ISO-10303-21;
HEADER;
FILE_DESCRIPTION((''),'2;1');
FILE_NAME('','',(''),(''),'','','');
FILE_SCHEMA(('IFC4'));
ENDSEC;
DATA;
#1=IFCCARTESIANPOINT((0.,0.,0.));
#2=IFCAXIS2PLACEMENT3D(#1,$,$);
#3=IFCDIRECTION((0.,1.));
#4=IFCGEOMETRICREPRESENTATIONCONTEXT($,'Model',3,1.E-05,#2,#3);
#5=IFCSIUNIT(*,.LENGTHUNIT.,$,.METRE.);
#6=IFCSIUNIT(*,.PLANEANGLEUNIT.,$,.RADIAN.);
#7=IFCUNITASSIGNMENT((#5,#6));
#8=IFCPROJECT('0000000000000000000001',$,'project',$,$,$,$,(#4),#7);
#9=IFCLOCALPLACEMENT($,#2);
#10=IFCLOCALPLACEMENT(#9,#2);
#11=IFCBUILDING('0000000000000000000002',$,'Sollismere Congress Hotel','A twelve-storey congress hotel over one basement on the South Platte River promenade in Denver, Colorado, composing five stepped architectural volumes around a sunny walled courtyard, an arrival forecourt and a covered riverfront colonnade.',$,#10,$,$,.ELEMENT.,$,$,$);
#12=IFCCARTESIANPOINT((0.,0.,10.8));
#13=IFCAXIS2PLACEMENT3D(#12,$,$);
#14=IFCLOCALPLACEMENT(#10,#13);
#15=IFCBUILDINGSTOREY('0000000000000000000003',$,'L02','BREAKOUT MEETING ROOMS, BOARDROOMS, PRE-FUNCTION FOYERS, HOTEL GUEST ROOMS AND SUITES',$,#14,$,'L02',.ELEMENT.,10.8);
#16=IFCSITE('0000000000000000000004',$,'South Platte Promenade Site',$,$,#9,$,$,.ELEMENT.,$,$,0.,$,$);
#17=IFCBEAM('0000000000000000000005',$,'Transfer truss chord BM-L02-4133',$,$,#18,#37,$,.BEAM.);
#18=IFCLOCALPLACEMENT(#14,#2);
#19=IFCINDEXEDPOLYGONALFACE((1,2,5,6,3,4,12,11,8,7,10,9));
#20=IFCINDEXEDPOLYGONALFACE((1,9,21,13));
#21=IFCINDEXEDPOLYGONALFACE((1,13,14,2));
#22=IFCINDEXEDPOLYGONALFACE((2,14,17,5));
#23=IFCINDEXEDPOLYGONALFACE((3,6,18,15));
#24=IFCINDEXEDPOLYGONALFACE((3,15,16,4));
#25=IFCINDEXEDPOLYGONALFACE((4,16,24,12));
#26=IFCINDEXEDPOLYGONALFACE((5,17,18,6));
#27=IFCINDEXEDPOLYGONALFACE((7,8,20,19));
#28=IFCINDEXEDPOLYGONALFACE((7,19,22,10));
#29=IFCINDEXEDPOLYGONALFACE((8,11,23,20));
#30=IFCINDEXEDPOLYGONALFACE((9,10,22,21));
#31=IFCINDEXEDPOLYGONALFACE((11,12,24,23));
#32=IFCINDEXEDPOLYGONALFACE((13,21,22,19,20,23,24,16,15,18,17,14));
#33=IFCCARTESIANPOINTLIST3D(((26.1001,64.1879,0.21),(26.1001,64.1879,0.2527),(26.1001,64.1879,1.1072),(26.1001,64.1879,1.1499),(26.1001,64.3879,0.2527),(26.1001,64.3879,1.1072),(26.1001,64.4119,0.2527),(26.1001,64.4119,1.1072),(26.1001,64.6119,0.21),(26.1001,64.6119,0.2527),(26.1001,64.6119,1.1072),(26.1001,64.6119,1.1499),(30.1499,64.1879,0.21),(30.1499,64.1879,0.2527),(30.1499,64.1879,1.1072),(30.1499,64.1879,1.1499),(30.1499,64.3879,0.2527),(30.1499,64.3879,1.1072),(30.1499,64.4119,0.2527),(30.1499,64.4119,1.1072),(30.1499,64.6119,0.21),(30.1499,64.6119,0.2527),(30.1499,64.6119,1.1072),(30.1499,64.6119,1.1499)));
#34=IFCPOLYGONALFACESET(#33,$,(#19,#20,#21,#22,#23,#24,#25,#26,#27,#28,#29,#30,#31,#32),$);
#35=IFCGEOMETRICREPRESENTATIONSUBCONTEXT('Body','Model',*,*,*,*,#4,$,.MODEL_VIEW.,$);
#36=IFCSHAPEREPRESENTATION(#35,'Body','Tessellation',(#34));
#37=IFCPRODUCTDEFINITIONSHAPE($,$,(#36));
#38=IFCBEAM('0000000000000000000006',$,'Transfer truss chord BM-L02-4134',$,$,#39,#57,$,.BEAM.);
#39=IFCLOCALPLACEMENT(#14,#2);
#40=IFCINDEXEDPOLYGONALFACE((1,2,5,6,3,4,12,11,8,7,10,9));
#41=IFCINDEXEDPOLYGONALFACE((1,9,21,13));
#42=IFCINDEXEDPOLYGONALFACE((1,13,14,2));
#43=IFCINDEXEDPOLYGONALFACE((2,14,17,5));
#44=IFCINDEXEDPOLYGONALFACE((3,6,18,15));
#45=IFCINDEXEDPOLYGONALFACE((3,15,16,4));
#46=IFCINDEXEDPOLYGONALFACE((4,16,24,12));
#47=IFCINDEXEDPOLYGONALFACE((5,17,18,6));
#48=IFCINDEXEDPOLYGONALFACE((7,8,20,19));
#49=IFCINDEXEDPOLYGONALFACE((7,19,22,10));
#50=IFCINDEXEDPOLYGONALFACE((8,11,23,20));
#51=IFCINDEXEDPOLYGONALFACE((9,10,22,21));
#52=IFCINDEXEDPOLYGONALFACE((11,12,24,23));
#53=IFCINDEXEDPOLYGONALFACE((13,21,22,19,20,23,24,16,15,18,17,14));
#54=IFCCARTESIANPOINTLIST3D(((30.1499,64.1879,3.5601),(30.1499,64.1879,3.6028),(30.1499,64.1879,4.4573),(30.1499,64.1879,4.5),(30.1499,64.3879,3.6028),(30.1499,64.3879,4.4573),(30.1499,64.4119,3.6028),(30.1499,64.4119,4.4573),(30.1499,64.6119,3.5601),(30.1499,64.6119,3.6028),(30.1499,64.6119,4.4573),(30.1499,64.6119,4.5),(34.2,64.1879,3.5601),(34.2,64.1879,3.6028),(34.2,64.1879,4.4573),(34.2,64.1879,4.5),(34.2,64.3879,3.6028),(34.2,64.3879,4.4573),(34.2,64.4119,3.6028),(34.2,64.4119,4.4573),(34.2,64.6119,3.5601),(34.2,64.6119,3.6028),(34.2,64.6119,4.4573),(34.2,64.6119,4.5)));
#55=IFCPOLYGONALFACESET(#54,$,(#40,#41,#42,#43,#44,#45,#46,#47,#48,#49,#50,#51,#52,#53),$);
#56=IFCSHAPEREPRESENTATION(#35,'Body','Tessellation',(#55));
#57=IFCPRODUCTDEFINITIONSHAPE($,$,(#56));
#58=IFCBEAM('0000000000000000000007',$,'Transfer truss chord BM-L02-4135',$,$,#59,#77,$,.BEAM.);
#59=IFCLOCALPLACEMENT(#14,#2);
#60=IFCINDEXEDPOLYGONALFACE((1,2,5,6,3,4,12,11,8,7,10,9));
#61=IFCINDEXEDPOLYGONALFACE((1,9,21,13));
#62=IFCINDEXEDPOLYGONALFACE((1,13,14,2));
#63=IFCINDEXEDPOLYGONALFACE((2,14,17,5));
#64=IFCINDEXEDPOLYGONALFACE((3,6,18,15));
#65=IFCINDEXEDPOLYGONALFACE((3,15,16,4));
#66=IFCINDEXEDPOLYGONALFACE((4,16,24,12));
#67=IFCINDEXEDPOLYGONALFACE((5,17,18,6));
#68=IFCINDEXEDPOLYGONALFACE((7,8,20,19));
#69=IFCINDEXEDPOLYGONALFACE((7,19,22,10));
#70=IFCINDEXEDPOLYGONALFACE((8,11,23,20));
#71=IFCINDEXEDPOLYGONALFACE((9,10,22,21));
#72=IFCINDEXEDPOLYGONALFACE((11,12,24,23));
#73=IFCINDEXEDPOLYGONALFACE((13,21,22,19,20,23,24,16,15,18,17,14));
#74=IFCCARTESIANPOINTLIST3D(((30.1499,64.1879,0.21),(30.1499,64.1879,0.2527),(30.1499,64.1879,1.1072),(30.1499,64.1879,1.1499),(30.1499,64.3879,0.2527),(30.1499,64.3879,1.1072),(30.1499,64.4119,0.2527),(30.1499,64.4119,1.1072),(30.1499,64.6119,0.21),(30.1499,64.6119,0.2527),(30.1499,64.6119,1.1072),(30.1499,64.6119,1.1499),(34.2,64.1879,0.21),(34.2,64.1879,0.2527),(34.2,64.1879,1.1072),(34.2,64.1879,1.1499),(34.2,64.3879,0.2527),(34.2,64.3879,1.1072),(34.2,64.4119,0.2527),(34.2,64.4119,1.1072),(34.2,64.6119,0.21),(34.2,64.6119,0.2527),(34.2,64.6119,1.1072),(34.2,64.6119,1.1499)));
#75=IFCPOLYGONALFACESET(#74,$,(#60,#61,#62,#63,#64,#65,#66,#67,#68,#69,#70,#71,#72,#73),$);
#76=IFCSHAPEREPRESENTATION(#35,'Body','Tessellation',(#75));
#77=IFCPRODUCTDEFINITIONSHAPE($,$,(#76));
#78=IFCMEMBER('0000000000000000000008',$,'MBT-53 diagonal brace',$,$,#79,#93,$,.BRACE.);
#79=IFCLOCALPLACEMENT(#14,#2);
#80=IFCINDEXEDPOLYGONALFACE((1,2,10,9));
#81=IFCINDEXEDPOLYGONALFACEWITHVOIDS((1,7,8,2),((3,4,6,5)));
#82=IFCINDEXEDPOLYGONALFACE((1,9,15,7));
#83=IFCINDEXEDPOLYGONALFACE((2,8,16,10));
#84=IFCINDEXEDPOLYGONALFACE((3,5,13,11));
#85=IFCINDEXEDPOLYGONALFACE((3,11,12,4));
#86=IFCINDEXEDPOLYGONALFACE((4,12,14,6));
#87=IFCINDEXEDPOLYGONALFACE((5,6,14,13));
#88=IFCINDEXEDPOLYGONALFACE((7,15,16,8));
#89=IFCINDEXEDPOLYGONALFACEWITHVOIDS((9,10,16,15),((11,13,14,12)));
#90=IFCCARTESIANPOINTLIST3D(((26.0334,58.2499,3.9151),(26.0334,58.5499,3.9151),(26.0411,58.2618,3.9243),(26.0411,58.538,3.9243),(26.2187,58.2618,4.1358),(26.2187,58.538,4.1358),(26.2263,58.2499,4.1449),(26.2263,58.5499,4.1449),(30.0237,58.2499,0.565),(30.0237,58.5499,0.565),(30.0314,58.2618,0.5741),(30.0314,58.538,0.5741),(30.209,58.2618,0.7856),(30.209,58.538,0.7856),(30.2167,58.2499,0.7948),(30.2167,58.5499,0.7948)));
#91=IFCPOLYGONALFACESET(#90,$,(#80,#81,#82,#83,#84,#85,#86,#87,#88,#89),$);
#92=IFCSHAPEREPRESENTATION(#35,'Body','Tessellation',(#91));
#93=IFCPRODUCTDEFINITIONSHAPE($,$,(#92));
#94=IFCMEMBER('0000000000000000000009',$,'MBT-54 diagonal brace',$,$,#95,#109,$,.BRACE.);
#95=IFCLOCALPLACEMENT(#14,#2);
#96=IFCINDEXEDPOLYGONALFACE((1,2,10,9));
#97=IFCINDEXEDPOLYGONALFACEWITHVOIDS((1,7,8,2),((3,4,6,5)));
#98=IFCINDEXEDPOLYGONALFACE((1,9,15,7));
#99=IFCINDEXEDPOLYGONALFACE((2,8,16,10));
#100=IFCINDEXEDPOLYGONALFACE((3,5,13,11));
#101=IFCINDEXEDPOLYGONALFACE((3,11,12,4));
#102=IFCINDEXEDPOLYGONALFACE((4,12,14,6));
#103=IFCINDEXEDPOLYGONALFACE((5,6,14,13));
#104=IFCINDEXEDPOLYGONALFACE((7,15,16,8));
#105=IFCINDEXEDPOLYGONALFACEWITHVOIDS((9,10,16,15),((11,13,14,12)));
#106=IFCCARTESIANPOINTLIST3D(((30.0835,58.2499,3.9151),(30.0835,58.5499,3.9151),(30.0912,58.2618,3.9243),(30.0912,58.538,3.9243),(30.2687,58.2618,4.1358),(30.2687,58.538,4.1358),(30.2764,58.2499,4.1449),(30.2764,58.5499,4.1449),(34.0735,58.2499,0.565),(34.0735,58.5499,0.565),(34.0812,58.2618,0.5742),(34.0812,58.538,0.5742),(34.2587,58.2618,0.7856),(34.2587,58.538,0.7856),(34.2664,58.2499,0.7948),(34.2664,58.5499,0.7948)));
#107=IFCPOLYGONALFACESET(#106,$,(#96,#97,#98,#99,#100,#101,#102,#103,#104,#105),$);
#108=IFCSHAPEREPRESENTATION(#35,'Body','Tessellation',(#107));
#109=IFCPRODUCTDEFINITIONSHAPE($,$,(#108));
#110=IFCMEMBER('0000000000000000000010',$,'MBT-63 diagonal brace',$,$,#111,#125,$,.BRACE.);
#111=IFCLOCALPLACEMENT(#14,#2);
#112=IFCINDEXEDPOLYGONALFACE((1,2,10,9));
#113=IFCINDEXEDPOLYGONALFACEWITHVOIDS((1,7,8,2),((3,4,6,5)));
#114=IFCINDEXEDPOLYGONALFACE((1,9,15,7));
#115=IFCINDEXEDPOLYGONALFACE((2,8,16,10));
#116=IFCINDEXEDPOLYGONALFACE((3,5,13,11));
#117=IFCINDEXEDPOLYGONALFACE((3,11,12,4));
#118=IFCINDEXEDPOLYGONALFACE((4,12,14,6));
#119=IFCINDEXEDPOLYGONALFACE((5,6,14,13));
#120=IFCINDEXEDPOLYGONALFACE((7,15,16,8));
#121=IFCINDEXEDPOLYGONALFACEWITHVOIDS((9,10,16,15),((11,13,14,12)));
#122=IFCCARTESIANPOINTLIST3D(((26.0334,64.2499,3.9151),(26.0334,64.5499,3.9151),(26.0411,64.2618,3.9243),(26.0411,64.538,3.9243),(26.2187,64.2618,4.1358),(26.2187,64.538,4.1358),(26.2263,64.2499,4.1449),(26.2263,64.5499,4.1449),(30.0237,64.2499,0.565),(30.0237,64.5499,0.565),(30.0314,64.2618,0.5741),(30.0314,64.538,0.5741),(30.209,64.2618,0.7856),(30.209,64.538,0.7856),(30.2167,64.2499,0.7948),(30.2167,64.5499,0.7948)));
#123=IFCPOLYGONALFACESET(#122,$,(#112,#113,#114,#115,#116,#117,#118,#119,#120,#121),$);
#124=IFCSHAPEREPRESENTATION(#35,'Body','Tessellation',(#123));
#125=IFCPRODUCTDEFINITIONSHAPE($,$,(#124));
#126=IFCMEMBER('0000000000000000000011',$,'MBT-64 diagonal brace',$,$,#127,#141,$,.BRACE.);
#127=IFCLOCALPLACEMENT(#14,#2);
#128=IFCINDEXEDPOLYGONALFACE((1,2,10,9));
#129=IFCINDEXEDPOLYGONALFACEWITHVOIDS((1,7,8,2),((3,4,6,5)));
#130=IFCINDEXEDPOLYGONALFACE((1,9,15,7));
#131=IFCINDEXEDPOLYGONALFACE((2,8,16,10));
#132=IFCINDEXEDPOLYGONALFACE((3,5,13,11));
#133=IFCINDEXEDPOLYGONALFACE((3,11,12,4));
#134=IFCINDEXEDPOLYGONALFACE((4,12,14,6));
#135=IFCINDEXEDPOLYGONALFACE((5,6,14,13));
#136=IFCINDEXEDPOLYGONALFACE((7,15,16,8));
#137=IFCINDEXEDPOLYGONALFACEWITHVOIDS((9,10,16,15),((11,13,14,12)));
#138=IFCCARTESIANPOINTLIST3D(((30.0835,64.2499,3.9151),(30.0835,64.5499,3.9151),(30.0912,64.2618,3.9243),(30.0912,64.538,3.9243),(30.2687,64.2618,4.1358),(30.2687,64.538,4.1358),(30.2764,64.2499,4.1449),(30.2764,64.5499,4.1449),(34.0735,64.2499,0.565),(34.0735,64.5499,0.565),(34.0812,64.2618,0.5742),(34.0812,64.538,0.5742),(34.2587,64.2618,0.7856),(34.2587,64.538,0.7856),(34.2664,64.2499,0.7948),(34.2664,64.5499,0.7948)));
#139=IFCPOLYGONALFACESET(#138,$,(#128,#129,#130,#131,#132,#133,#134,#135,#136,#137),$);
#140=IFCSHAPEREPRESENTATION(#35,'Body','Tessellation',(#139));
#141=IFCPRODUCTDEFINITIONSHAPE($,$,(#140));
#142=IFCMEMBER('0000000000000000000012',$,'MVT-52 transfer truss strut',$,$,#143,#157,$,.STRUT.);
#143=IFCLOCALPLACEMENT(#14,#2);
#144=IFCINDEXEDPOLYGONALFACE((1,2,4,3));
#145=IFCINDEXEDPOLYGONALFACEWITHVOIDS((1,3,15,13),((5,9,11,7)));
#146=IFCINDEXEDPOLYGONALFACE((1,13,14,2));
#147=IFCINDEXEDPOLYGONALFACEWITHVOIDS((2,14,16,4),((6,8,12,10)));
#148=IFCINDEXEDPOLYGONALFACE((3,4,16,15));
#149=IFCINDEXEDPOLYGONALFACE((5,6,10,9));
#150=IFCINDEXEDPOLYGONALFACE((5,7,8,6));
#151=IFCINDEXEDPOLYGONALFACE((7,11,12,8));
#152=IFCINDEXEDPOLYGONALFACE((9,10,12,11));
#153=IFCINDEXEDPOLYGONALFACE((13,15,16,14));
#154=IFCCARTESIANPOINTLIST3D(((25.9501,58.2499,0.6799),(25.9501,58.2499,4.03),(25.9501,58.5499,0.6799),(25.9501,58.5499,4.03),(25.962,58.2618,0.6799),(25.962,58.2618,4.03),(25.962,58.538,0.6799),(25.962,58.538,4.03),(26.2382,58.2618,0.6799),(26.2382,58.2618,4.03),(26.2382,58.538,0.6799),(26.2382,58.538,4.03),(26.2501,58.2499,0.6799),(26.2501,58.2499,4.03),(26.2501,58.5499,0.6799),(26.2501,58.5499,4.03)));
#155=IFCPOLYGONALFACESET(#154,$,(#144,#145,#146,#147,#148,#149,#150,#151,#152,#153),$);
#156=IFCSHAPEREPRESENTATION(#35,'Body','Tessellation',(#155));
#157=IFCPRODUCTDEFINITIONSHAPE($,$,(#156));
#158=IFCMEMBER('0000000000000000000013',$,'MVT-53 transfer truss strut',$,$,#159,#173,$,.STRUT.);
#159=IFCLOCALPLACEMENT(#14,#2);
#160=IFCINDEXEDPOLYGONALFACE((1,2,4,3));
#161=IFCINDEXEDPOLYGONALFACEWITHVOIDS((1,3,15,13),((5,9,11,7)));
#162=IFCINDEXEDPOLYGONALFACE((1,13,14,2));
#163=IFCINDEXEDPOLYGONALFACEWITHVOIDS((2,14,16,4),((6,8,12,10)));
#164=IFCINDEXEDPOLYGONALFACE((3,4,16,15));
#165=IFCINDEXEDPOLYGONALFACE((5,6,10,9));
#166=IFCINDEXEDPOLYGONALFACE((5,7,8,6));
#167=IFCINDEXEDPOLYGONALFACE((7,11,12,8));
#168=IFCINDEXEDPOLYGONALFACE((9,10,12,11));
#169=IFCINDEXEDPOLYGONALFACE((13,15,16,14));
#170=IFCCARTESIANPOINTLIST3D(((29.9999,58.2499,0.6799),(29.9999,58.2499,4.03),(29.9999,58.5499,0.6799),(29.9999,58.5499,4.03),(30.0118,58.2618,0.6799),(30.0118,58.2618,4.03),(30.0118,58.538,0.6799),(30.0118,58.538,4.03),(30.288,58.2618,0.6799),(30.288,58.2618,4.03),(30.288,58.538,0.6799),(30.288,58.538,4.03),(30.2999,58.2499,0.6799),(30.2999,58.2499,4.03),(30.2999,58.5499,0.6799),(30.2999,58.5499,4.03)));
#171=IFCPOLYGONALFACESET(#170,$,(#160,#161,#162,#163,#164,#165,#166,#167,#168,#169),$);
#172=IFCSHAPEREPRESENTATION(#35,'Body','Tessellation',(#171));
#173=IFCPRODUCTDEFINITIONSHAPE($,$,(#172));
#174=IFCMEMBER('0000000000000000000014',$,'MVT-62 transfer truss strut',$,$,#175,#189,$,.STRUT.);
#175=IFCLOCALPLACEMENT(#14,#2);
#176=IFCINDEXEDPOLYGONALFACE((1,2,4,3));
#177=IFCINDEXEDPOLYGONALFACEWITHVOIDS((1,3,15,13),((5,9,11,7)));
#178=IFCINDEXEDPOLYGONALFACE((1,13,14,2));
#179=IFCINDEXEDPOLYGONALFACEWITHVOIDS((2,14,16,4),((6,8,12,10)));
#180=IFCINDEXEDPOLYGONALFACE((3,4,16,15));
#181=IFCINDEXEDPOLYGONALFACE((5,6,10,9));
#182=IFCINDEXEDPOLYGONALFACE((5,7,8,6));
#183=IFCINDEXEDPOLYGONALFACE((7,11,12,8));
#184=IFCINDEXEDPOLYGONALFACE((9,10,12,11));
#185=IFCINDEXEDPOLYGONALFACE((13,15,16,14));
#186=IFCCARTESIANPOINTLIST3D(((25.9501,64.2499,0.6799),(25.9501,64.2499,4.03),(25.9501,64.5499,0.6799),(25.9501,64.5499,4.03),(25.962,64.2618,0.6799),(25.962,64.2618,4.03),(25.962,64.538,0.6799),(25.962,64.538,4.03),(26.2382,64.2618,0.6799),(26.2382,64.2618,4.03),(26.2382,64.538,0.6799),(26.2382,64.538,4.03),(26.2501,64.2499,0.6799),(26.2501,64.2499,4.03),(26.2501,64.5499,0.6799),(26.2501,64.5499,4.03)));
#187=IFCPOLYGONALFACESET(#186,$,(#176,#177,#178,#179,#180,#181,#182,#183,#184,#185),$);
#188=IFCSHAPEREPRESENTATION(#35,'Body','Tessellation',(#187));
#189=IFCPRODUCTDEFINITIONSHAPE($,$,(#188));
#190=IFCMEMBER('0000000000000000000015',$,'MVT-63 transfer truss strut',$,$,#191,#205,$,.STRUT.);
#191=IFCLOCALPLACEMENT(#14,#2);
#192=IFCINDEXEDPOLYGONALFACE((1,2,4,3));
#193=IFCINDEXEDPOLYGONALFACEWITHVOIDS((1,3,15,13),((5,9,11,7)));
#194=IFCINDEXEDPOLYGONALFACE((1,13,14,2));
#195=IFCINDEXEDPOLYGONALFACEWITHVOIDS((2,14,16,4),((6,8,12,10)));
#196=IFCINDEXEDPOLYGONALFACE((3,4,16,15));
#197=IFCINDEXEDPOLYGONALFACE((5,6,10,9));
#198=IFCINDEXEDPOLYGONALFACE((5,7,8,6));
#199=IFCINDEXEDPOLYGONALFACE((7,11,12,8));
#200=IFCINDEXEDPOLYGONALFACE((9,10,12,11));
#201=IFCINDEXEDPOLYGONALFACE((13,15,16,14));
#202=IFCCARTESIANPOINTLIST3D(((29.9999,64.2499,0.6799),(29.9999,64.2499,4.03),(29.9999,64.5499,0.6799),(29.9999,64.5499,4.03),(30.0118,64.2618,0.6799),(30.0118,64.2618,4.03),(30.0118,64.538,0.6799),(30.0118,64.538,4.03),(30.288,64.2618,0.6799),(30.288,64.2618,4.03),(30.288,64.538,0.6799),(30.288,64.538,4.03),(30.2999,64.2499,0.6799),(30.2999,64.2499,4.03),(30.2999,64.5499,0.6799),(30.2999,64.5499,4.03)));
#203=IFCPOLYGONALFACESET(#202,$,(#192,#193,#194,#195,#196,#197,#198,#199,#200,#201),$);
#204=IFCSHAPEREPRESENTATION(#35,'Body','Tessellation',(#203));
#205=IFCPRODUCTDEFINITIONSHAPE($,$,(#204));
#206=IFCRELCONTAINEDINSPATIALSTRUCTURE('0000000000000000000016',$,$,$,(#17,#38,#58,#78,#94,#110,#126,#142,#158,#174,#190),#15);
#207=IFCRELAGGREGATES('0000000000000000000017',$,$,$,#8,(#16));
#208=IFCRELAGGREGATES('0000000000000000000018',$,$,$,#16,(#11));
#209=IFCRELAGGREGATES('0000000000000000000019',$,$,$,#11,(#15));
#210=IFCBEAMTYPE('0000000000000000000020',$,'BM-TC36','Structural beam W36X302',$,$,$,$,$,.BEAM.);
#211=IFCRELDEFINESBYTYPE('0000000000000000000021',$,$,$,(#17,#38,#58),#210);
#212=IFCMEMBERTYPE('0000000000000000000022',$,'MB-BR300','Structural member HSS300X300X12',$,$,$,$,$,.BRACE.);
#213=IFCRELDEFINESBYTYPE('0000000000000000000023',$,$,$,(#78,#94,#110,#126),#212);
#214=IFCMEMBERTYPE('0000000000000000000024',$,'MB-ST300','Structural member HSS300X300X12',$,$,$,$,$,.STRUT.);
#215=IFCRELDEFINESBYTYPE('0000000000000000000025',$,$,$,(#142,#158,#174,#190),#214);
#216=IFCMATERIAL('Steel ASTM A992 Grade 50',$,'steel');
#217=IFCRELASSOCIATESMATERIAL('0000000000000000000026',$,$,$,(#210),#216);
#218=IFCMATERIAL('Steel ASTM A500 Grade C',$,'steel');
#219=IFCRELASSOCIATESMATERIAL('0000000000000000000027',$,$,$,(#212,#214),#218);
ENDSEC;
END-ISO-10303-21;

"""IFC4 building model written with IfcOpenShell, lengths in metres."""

from ifc_helpers import new_model, si_unit, direction, frame, origin, origin_2d, place, context, subcontext, project, spatial, hollow_rectangle, i_section, extrude, material, material_profile, profile_set, type_object, element, save


model = new_model("IFC4")

# Units and contexts
model_context = context("Model", 3, precision=1e-05, world=origin(), true_north=direction((0.0, 1.0)))
body_context = subcontext(model_context, "Body", "Model", "MODEL_VIEW")
ifc_project = project(units=[si_unit("LENGTHUNIT", "METRE"), si_unit("PLANEANGLEUNIT", "RADIAN")], contexts=[model_context])

# Site, building, storey
site_placement = place(None, origin())
site = spatial("IfcSite", under=ifc_project, at=site_placement, Name="South Platte Promenade Site", CompositionType="ELEMENT", RefElevation=0.0)
building_placement = place(site_placement, origin())
building = spatial("IfcBuilding", under=site, at=building_placement, Name="Sollismere Congress Hotel", Description="A twelve-storey congress hotel over one basement on the South Platte River promenade in Denver, Colorado, composing five stepped architectural volumes around a sunny walled courtyard, an arrival forecourt and a covered riverfront colonnade.", CompositionType="ELEMENT")
storey_placement = place(building_placement, frame((0.0, 0.0, 10.8)))
storey = spatial("IfcBuildingStorey", under=building, at=storey_placement, Name="L02", Description="BREAKOUT MEETING ROOMS, BOARDROOMS, PRE-FUNCTION FOYERS, HOTEL GUEST ROOMS AND SUITES", LongName="L02", CompositionType="ELEMENT", Elevation=10.8)

# Shared definitions
ifc_material_1 = material(Name="Steel ASTM A500 Grade C", Category="steel")

# Beams
ifc_material_2 = material(Name="Steel ASTM A992 Grade 50", Category="steel")
ifc_material_profile_1 = material_profile(ifc_material_2, i_section(OverallWidth=0.4241, OverallDepth=0.9399, WebThickness=0.0239, FlangeThickness=0.0427, at=origin_2d()), Name="W36X302")
ifc_profile_set_1 = profile_set([ifc_material_profile_1], Name="Steel ASTM A992 Grade 50")
beam_type_1 = type_object("IfcBeamType", Name="BM-TC36", Description="Structural beam W36X302", PredefinedType="BEAM", material=ifc_profile_set_1)
for number, where, z_axis, x_axis, name in (
    (1, (26.1001, 64.3999, 0.6799), (1.0, 0.0, 0.0), (0.0, 1.0, 0.0), "Transfer truss chord BM-L02-4133"),
):
    element("IfcBeam", number, at=place(storey_placement, frame(where, z_axis=z_axis, x_axis=x_axis)), inside=storey, type_object=beam_type_1, Name=name, PredefinedType="BEAM", context=body_context, shape_type="SweptSolid", body=[
        extrude(i_section(OverallWidth=0.4241, OverallDepth=0.9399, WebThickness=0.0239, FlangeThickness=0.0427, at=origin_2d()), origin(), (0.0, 0.0, 1.0), 4.0498),
    ])
for number, where, z_axis, x_axis, name in (
    (2, (30.1499, 64.3999, 4.03), (1.0, 0.0, 0.0), (0.0, 1.0, 0.0), "Transfer truss chord BM-L02-4134"),
    (3, (30.1499, 64.3999, 0.6799), (1.0, 0.0, 0.0), (0.0, 1.0, 0.0), "Transfer truss chord BM-L02-4135"),
):
    element("IfcBeam", number, at=place(storey_placement, frame(where, z_axis=z_axis, x_axis=x_axis)), inside=storey, type_object=beam_type_1, Name=name, PredefinedType="BEAM", context=body_context, shape_type="SweptSolid", body=[
        extrude(i_section(OverallWidth=0.4241, OverallDepth=0.9399, WebThickness=0.0239, FlangeThickness=0.0427, at=origin_2d()), origin(), (0.0, 0.0, 1.0), 4.05),
    ])

# Members
ifc_material_profile_2 = material_profile(ifc_material_1, hollow_rectangle(XDim=0.3, YDim=0.3, WallThickness=0.012, at=origin_2d()), Name="HSS300X300X12")
ifc_profile_set_2 = profile_set([ifc_material_profile_2], Name="Steel ASTM A500 Grade C")
member_type_1 = type_object("IfcMemberType", Name="MB-BR300", Description="Structural member HSS300X300X12", PredefinedType="BRACE", material=ifc_profile_set_2)
member_1_placement = place(storey_placement, frame((26.1299, 58.3999, 4.03), z_axis=(0.765865, 0.0, -0.643001), x_axis=(0.0, 1.0, 0.0)))
element("IfcMember", 4, at=member_1_placement, inside=storey, type_object=member_type_1, Name="MBT-53 diagonal brace", PredefinedType="BRACE", context=body_context, shape_type="SweptSolid", body=[
    extrude(hollow_rectangle(XDim=0.3, YDim=0.3, WallThickness=0.012, at=origin_2d()), origin(), (0.0, 0.0, 1.0), 5.2102),
])
member_2_placement = place(storey_placement, frame((30.1799, 58.3999, 4.03), z_axis=(0.765846, 0.0, -0.643024), x_axis=(0.0, 1.0, 0.0)))
element("IfcMember", 5, at=member_2_placement, inside=storey, type_object=member_type_1, Name="MBT-54 diagonal brace", PredefinedType="BRACE", context=body_context, shape_type="SweptSolid", body=[
    extrude(hollow_rectangle(XDim=0.3, YDim=0.3, WallThickness=0.012, at=origin_2d()), origin(), (0.0, 0.0, 1.0), 5.21),
])
member_3_placement = place(storey_placement, frame((26.1299, 64.3999, 4.03), z_axis=(0.765865, 0.0, -0.643001), x_axis=(0.0, 1.0, 0.0)))
element("IfcMember", 6, at=member_3_placement, inside=storey, type_object=member_type_1, Name="MBT-63 diagonal brace", PredefinedType="BRACE", context=body_context, shape_type="SweptSolid", body=[
    extrude(hollow_rectangle(XDim=0.3, YDim=0.3, WallThickness=0.012, at=origin_2d()), origin(), (0.0, 0.0, 1.0), 5.2102),
])
member_4_placement = place(storey_placement, frame((30.1799, 64.3999, 4.03), z_axis=(0.765846, 0.0, -0.643024), x_axis=(0.0, 1.0, 0.0)))
element("IfcMember", 7, at=member_4_placement, inside=storey, type_object=member_type_1, Name="MBT-64 diagonal brace", PredefinedType="BRACE", context=body_context, shape_type="SweptSolid", body=[
    extrude(hollow_rectangle(XDim=0.3, YDim=0.3, WallThickness=0.012, at=origin_2d()), origin(), (0.0, 0.0, 1.0), 5.21),
])
ifc_material_profile_3 = material_profile(ifc_material_1, hollow_rectangle(XDim=0.3, YDim=0.3, WallThickness=0.012, at=origin_2d()), Name="HSS300X300X12")
ifc_profile_set_3 = profile_set([ifc_material_profile_3], Name="Steel ASTM A500 Grade C")
member_type_2 = type_object("IfcMemberType", Name="MB-ST300", Description="Structural member HSS300X300X12", PredefinedType="STRUT", material=ifc_profile_set_3)
for number, where, z_axis, x_axis, name in (
    (8, (26.1001, 58.3999, 0.6799), (0.0, 0.0, 1.0), (1.0, 0.0, 0.0), "MVT-52 transfer truss strut"),
    (9, (30.1499, 58.3999, 0.6799), (0.0, 0.0, 1.0), (1.0, 0.0, 0.0), "MVT-53 transfer truss strut"),
    (10, (26.1001, 64.3999, 0.6799), (0.0, 0.0, 1.0), (1.0, 0.0, 0.0), "MVT-62 transfer truss strut"),
    (11, (30.1499, 64.3999, 0.6799), (0.0, 0.0, 1.0), (1.0, 0.0, 0.0), "MVT-63 transfer truss strut"),
):
    element("IfcMember", number, at=place(storey_placement, frame(where, z_axis=z_axis, x_axis=x_axis)), inside=storey, type_object=member_type_2, Name=name, PredefinedType="STRUT", context=body_context, shape_type="SweptSolid", body=[
        extrude(hollow_rectangle(XDim=0.3, YDim=0.3, WallThickness=0.012, at=origin_2d()), origin(), (0.0, 0.0, 1.0), 3.3501),
    ])

save(model, "model.ifc")
